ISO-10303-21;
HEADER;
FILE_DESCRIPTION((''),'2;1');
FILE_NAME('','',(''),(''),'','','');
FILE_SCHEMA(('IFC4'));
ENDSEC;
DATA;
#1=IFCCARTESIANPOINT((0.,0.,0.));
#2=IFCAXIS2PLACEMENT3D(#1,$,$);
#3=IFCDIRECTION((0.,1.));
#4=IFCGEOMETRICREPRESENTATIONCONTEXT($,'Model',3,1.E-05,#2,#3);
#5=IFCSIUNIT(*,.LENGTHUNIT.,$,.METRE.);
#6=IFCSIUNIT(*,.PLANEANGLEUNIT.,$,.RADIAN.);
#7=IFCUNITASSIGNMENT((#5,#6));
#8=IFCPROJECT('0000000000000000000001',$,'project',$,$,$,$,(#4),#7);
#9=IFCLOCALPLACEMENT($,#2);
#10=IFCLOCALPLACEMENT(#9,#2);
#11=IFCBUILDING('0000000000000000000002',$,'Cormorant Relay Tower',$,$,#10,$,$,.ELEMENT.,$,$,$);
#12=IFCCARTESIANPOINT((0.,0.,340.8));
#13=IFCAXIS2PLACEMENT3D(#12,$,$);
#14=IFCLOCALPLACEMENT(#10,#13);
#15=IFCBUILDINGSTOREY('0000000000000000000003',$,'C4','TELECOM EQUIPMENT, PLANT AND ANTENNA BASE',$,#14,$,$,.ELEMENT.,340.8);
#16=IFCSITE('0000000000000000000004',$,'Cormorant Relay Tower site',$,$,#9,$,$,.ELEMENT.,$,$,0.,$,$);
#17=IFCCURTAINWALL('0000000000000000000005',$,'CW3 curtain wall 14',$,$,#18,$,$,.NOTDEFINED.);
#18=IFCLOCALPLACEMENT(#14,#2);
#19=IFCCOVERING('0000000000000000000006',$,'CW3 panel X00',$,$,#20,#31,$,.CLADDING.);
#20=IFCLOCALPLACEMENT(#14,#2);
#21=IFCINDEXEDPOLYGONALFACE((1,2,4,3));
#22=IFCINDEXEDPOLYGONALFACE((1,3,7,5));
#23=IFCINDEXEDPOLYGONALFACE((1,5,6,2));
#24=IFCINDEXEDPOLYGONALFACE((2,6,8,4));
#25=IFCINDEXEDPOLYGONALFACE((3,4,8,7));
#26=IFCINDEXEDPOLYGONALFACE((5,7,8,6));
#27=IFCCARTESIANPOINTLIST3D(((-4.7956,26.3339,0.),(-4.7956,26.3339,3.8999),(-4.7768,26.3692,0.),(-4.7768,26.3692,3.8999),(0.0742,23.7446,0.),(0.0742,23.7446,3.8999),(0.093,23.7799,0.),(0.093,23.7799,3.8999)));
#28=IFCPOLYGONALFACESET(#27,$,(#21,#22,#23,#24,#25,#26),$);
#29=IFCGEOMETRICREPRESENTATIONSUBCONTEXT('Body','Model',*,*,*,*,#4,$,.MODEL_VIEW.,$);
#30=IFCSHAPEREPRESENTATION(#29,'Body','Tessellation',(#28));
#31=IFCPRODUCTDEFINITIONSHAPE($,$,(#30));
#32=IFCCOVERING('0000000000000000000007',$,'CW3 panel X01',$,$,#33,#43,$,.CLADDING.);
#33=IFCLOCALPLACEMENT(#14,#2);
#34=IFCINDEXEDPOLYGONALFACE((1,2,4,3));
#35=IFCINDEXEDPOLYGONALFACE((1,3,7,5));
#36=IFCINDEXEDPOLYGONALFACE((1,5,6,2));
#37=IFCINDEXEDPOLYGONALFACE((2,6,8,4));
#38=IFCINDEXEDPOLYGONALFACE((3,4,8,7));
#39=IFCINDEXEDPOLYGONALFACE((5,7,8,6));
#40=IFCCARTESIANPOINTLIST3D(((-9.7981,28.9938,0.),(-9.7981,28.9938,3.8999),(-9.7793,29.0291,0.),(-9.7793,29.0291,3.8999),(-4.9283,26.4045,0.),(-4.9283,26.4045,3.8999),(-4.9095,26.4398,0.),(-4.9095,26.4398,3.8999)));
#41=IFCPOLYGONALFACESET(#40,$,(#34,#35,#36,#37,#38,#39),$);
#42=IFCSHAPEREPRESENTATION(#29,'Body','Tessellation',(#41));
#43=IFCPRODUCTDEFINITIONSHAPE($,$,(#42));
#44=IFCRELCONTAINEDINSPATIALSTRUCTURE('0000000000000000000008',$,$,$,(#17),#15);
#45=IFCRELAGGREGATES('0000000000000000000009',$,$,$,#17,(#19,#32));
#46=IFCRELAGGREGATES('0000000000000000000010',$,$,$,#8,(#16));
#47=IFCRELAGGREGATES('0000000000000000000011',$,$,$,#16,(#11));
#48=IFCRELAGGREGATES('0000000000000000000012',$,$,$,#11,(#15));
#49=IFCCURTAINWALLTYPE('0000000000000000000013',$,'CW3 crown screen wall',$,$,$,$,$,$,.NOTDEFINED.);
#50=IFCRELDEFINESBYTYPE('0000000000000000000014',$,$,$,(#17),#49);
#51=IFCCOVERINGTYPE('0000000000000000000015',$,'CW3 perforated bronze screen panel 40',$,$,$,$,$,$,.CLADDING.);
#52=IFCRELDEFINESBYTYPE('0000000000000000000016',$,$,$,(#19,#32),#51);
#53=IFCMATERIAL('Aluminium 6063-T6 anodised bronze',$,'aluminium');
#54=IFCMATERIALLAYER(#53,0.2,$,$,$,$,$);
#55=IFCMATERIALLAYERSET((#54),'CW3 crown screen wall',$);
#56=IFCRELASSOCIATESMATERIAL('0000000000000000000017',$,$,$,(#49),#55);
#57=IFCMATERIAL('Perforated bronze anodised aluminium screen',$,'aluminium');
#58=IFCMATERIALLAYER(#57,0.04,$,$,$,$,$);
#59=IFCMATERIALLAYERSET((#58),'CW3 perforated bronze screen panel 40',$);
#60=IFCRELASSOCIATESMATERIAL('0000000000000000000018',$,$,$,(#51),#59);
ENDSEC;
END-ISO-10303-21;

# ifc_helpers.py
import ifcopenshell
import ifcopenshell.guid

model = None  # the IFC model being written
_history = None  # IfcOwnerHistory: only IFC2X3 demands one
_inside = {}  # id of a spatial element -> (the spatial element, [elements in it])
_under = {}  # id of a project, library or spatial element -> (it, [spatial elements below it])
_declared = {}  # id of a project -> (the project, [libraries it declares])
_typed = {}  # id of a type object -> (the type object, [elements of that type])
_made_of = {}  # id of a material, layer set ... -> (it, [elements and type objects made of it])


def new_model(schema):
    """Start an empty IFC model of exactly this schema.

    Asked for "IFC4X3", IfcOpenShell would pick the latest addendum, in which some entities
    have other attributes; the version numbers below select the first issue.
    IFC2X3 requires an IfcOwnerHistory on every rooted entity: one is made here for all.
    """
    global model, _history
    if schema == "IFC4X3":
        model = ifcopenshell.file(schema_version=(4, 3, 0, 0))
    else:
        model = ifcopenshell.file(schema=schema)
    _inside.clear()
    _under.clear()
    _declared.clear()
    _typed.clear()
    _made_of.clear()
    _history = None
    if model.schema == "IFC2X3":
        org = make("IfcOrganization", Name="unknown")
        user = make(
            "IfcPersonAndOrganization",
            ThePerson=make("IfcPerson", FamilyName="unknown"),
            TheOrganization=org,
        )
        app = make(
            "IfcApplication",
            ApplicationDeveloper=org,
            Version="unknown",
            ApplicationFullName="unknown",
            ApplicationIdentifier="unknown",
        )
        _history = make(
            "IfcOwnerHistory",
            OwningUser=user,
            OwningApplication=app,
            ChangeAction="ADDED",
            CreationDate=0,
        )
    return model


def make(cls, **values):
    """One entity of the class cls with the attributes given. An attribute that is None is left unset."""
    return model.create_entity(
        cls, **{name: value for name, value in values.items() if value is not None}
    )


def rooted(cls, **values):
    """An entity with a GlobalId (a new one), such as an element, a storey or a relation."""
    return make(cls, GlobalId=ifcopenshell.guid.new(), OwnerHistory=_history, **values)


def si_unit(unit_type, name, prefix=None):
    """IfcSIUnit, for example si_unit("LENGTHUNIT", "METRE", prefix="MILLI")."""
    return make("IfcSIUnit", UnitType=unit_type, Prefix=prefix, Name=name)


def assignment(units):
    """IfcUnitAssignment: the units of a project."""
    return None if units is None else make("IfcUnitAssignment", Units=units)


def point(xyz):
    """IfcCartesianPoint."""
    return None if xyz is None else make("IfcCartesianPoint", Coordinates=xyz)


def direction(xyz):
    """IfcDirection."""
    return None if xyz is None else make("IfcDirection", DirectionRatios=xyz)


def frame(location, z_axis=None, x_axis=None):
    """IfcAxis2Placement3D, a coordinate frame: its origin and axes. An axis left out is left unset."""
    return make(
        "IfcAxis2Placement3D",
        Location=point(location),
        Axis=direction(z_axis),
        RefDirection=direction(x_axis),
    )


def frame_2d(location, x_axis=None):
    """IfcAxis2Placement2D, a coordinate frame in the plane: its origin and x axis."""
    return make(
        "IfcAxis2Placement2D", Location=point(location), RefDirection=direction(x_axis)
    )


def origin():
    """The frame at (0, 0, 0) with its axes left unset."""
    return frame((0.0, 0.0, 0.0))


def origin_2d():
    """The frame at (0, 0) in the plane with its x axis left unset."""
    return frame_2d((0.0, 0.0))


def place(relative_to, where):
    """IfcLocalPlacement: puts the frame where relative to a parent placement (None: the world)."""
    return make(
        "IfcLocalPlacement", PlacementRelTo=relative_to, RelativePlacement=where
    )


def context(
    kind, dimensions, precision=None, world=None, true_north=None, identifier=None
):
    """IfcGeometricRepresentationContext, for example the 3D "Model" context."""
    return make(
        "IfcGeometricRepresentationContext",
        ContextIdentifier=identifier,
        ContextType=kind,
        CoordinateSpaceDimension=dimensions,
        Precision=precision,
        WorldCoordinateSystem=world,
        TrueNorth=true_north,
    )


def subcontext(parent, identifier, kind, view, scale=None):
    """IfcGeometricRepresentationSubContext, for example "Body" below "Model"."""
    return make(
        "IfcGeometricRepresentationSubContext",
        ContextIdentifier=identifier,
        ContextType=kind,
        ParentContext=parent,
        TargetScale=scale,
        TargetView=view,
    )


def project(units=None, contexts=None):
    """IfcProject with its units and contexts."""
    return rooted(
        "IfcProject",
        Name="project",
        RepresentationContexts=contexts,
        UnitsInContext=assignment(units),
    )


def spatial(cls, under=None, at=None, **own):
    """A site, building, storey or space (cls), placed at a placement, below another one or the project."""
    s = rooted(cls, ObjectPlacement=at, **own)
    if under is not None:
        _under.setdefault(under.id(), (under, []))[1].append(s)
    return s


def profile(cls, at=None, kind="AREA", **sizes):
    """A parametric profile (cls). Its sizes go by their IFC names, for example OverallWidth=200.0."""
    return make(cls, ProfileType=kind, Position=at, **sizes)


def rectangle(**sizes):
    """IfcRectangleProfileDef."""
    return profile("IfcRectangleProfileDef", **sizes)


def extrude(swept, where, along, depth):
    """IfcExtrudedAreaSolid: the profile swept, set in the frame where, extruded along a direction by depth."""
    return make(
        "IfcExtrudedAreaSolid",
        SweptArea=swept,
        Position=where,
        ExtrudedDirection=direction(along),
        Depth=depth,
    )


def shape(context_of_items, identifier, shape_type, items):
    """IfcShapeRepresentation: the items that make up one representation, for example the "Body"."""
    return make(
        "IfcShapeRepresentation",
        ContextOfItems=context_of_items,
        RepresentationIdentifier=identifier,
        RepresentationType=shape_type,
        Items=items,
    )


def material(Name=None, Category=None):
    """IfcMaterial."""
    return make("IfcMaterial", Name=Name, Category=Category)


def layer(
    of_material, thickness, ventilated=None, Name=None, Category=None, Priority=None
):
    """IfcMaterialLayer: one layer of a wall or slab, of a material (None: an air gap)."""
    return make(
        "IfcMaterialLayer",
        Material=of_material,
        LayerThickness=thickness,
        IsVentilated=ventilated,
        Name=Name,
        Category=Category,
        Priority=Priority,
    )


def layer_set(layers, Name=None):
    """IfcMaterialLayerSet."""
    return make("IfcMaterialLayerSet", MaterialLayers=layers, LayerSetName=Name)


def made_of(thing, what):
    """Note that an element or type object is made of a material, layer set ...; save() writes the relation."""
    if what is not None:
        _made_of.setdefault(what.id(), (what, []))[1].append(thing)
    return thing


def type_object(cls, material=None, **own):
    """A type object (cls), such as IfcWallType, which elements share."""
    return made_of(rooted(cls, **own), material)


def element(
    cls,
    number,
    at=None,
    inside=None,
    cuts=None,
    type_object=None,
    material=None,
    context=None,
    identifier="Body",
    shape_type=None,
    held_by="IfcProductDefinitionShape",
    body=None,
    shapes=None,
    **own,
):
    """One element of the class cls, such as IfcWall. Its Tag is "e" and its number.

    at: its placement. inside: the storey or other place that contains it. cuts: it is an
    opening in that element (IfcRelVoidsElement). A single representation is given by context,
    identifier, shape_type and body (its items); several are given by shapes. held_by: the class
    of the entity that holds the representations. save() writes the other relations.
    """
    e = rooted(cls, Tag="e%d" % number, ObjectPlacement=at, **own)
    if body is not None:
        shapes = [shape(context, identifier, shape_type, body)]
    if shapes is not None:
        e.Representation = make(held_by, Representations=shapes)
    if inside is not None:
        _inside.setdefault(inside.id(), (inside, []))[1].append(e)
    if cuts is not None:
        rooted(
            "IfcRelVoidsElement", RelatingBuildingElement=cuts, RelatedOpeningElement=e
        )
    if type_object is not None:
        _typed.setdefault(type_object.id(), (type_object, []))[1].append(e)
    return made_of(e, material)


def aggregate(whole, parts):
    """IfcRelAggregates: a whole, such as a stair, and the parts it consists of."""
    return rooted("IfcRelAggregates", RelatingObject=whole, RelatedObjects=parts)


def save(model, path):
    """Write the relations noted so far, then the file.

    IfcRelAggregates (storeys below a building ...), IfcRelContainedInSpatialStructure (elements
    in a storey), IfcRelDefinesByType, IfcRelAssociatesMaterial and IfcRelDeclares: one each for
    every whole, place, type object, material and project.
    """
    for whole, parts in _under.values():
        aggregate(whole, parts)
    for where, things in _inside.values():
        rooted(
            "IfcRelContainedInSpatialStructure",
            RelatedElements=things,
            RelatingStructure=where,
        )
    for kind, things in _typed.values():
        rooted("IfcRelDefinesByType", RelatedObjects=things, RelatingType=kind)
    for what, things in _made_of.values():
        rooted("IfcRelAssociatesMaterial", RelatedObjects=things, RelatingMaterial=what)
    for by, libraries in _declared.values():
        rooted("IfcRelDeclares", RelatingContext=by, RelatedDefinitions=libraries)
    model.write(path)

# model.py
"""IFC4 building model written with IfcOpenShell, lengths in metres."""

from ifc_helpers import new_model, si_unit, direction, frame, origin, origin_2d, place, context, subcontext, project, spatial, rectangle, extrude, material, layer, layer_set, type_object, element, aggregate, save


model = new_model("IFC4")

# Units and contexts
model_context = context("Model", 3, precision=1e-05, world=origin(), true_north=direction((0.0, 1.0)))
body_context = subcontext(model_context, "Body", "Model", "MODEL_VIEW")
ifc_project = project(units=[si_unit("LENGTHUNIT", "METRE"), si_unit("PLANEANGLEUNIT", "RADIAN")], contexts=[model_context])

# Site, building, storey
site_placement = place(None, origin())
site = spatial("IfcSite", under=ifc_project, at=site_placement, Name="Cormorant Relay Tower site", CompositionType="ELEMENT", RefElevation=0.0)
building_placement = place(site_placement, origin())
building = spatial("IfcBuilding", under=site, at=building_placement, Name="Cormorant Relay Tower", CompositionType="ELEMENT")
storey_placement = place(building_placement, frame((0.0, 0.0, 340.8)))
storey = spatial("IfcBuildingStorey", under=building, at=storey_placement, Name="C4", Description="TELECOM EQUIPMENT, PLANT AND ANTENNA BASE", CompositionType="ELEMENT", Elevation=340.8)

# Shared definitions
ifc_material_1 = material(Name="Aluminium 6063-T6 anodised bronze", Category="aluminium")
ifc_layer_1 = layer(ifc_material_1, 0.2)
ifc_layer_set_1 = layer_set([ifc_layer_1], Name="CW3 crown screen wall")
curtain_wall_type = type_object("IfcCurtainWallType", Name="CW3 crown screen wall", PredefinedType="NOTDEFINED", material=ifc_layer_set_1)

# Curtain wall
curtain_wall_1_placement = place(storey_placement, origin())
curtain_wall_1 = element("IfcCurtainWall", 1, at=curtain_wall_1_placement, inside=storey, type_object=curtain_wall_type, Name="CW3 curtain wall 14", PredefinedType="NOTDEFINED")

# Shared definitions
ifc_material_2 = material(Name="Perforated bronze anodised aluminium screen", Category="aluminium")
ifc_layer_2 = layer(ifc_material_2, 0.04)
ifc_layer_set_2 = layer_set([ifc_layer_2], Name="CW3 perforated bronze screen panel 40")
covering_type = type_object("IfcCoveringType", Name="CW3 perforated bronze screen panel 40", PredefinedType="CLADDING", material=ifc_layer_set_2)

# Coverings
covering_1_placement = place(storey_placement, frame((-2.3513, 25.0569, 0.0), z_axis=(0.0, 0.0, 1.0), x_axis=(-0.882948, 0.469472, 0.0)))
covering_1 = element("IfcCovering", 2, at=covering_1_placement, type_object=covering_type, Name="CW3 panel X00", PredefinedType="CLADDING", context=body_context, shape_type="SweptSolid", body=[
    extrude(rectangle(XDim=5.5154, YDim=0.04, at=origin_2d()), origin(), (0.0, 0.0, 1.0), 3.8999),
])
covering_2_placement = place(storey_placement, frame((-7.3538, 27.7168, 0.0), z_axis=(0.0, 0.0, 1.0), x_axis=(-0.882948, 0.469472, 0.0)))
covering_2 = element("IfcCovering", 3, at=covering_2_placement, type_object=covering_type, Name="CW3 panel X01", PredefinedType="CLADDING", context=body_context, shape_type="SweptSolid", body=[
    extrude(rectangle(XDim=5.5154, YDim=0.04, at=origin_2d()), origin(), (0.0, 0.0, 1.0), 3.8999),
])
aggregate(curtain_wall_1, [covering_1, covering_2])

save(model, "model.ifc")
